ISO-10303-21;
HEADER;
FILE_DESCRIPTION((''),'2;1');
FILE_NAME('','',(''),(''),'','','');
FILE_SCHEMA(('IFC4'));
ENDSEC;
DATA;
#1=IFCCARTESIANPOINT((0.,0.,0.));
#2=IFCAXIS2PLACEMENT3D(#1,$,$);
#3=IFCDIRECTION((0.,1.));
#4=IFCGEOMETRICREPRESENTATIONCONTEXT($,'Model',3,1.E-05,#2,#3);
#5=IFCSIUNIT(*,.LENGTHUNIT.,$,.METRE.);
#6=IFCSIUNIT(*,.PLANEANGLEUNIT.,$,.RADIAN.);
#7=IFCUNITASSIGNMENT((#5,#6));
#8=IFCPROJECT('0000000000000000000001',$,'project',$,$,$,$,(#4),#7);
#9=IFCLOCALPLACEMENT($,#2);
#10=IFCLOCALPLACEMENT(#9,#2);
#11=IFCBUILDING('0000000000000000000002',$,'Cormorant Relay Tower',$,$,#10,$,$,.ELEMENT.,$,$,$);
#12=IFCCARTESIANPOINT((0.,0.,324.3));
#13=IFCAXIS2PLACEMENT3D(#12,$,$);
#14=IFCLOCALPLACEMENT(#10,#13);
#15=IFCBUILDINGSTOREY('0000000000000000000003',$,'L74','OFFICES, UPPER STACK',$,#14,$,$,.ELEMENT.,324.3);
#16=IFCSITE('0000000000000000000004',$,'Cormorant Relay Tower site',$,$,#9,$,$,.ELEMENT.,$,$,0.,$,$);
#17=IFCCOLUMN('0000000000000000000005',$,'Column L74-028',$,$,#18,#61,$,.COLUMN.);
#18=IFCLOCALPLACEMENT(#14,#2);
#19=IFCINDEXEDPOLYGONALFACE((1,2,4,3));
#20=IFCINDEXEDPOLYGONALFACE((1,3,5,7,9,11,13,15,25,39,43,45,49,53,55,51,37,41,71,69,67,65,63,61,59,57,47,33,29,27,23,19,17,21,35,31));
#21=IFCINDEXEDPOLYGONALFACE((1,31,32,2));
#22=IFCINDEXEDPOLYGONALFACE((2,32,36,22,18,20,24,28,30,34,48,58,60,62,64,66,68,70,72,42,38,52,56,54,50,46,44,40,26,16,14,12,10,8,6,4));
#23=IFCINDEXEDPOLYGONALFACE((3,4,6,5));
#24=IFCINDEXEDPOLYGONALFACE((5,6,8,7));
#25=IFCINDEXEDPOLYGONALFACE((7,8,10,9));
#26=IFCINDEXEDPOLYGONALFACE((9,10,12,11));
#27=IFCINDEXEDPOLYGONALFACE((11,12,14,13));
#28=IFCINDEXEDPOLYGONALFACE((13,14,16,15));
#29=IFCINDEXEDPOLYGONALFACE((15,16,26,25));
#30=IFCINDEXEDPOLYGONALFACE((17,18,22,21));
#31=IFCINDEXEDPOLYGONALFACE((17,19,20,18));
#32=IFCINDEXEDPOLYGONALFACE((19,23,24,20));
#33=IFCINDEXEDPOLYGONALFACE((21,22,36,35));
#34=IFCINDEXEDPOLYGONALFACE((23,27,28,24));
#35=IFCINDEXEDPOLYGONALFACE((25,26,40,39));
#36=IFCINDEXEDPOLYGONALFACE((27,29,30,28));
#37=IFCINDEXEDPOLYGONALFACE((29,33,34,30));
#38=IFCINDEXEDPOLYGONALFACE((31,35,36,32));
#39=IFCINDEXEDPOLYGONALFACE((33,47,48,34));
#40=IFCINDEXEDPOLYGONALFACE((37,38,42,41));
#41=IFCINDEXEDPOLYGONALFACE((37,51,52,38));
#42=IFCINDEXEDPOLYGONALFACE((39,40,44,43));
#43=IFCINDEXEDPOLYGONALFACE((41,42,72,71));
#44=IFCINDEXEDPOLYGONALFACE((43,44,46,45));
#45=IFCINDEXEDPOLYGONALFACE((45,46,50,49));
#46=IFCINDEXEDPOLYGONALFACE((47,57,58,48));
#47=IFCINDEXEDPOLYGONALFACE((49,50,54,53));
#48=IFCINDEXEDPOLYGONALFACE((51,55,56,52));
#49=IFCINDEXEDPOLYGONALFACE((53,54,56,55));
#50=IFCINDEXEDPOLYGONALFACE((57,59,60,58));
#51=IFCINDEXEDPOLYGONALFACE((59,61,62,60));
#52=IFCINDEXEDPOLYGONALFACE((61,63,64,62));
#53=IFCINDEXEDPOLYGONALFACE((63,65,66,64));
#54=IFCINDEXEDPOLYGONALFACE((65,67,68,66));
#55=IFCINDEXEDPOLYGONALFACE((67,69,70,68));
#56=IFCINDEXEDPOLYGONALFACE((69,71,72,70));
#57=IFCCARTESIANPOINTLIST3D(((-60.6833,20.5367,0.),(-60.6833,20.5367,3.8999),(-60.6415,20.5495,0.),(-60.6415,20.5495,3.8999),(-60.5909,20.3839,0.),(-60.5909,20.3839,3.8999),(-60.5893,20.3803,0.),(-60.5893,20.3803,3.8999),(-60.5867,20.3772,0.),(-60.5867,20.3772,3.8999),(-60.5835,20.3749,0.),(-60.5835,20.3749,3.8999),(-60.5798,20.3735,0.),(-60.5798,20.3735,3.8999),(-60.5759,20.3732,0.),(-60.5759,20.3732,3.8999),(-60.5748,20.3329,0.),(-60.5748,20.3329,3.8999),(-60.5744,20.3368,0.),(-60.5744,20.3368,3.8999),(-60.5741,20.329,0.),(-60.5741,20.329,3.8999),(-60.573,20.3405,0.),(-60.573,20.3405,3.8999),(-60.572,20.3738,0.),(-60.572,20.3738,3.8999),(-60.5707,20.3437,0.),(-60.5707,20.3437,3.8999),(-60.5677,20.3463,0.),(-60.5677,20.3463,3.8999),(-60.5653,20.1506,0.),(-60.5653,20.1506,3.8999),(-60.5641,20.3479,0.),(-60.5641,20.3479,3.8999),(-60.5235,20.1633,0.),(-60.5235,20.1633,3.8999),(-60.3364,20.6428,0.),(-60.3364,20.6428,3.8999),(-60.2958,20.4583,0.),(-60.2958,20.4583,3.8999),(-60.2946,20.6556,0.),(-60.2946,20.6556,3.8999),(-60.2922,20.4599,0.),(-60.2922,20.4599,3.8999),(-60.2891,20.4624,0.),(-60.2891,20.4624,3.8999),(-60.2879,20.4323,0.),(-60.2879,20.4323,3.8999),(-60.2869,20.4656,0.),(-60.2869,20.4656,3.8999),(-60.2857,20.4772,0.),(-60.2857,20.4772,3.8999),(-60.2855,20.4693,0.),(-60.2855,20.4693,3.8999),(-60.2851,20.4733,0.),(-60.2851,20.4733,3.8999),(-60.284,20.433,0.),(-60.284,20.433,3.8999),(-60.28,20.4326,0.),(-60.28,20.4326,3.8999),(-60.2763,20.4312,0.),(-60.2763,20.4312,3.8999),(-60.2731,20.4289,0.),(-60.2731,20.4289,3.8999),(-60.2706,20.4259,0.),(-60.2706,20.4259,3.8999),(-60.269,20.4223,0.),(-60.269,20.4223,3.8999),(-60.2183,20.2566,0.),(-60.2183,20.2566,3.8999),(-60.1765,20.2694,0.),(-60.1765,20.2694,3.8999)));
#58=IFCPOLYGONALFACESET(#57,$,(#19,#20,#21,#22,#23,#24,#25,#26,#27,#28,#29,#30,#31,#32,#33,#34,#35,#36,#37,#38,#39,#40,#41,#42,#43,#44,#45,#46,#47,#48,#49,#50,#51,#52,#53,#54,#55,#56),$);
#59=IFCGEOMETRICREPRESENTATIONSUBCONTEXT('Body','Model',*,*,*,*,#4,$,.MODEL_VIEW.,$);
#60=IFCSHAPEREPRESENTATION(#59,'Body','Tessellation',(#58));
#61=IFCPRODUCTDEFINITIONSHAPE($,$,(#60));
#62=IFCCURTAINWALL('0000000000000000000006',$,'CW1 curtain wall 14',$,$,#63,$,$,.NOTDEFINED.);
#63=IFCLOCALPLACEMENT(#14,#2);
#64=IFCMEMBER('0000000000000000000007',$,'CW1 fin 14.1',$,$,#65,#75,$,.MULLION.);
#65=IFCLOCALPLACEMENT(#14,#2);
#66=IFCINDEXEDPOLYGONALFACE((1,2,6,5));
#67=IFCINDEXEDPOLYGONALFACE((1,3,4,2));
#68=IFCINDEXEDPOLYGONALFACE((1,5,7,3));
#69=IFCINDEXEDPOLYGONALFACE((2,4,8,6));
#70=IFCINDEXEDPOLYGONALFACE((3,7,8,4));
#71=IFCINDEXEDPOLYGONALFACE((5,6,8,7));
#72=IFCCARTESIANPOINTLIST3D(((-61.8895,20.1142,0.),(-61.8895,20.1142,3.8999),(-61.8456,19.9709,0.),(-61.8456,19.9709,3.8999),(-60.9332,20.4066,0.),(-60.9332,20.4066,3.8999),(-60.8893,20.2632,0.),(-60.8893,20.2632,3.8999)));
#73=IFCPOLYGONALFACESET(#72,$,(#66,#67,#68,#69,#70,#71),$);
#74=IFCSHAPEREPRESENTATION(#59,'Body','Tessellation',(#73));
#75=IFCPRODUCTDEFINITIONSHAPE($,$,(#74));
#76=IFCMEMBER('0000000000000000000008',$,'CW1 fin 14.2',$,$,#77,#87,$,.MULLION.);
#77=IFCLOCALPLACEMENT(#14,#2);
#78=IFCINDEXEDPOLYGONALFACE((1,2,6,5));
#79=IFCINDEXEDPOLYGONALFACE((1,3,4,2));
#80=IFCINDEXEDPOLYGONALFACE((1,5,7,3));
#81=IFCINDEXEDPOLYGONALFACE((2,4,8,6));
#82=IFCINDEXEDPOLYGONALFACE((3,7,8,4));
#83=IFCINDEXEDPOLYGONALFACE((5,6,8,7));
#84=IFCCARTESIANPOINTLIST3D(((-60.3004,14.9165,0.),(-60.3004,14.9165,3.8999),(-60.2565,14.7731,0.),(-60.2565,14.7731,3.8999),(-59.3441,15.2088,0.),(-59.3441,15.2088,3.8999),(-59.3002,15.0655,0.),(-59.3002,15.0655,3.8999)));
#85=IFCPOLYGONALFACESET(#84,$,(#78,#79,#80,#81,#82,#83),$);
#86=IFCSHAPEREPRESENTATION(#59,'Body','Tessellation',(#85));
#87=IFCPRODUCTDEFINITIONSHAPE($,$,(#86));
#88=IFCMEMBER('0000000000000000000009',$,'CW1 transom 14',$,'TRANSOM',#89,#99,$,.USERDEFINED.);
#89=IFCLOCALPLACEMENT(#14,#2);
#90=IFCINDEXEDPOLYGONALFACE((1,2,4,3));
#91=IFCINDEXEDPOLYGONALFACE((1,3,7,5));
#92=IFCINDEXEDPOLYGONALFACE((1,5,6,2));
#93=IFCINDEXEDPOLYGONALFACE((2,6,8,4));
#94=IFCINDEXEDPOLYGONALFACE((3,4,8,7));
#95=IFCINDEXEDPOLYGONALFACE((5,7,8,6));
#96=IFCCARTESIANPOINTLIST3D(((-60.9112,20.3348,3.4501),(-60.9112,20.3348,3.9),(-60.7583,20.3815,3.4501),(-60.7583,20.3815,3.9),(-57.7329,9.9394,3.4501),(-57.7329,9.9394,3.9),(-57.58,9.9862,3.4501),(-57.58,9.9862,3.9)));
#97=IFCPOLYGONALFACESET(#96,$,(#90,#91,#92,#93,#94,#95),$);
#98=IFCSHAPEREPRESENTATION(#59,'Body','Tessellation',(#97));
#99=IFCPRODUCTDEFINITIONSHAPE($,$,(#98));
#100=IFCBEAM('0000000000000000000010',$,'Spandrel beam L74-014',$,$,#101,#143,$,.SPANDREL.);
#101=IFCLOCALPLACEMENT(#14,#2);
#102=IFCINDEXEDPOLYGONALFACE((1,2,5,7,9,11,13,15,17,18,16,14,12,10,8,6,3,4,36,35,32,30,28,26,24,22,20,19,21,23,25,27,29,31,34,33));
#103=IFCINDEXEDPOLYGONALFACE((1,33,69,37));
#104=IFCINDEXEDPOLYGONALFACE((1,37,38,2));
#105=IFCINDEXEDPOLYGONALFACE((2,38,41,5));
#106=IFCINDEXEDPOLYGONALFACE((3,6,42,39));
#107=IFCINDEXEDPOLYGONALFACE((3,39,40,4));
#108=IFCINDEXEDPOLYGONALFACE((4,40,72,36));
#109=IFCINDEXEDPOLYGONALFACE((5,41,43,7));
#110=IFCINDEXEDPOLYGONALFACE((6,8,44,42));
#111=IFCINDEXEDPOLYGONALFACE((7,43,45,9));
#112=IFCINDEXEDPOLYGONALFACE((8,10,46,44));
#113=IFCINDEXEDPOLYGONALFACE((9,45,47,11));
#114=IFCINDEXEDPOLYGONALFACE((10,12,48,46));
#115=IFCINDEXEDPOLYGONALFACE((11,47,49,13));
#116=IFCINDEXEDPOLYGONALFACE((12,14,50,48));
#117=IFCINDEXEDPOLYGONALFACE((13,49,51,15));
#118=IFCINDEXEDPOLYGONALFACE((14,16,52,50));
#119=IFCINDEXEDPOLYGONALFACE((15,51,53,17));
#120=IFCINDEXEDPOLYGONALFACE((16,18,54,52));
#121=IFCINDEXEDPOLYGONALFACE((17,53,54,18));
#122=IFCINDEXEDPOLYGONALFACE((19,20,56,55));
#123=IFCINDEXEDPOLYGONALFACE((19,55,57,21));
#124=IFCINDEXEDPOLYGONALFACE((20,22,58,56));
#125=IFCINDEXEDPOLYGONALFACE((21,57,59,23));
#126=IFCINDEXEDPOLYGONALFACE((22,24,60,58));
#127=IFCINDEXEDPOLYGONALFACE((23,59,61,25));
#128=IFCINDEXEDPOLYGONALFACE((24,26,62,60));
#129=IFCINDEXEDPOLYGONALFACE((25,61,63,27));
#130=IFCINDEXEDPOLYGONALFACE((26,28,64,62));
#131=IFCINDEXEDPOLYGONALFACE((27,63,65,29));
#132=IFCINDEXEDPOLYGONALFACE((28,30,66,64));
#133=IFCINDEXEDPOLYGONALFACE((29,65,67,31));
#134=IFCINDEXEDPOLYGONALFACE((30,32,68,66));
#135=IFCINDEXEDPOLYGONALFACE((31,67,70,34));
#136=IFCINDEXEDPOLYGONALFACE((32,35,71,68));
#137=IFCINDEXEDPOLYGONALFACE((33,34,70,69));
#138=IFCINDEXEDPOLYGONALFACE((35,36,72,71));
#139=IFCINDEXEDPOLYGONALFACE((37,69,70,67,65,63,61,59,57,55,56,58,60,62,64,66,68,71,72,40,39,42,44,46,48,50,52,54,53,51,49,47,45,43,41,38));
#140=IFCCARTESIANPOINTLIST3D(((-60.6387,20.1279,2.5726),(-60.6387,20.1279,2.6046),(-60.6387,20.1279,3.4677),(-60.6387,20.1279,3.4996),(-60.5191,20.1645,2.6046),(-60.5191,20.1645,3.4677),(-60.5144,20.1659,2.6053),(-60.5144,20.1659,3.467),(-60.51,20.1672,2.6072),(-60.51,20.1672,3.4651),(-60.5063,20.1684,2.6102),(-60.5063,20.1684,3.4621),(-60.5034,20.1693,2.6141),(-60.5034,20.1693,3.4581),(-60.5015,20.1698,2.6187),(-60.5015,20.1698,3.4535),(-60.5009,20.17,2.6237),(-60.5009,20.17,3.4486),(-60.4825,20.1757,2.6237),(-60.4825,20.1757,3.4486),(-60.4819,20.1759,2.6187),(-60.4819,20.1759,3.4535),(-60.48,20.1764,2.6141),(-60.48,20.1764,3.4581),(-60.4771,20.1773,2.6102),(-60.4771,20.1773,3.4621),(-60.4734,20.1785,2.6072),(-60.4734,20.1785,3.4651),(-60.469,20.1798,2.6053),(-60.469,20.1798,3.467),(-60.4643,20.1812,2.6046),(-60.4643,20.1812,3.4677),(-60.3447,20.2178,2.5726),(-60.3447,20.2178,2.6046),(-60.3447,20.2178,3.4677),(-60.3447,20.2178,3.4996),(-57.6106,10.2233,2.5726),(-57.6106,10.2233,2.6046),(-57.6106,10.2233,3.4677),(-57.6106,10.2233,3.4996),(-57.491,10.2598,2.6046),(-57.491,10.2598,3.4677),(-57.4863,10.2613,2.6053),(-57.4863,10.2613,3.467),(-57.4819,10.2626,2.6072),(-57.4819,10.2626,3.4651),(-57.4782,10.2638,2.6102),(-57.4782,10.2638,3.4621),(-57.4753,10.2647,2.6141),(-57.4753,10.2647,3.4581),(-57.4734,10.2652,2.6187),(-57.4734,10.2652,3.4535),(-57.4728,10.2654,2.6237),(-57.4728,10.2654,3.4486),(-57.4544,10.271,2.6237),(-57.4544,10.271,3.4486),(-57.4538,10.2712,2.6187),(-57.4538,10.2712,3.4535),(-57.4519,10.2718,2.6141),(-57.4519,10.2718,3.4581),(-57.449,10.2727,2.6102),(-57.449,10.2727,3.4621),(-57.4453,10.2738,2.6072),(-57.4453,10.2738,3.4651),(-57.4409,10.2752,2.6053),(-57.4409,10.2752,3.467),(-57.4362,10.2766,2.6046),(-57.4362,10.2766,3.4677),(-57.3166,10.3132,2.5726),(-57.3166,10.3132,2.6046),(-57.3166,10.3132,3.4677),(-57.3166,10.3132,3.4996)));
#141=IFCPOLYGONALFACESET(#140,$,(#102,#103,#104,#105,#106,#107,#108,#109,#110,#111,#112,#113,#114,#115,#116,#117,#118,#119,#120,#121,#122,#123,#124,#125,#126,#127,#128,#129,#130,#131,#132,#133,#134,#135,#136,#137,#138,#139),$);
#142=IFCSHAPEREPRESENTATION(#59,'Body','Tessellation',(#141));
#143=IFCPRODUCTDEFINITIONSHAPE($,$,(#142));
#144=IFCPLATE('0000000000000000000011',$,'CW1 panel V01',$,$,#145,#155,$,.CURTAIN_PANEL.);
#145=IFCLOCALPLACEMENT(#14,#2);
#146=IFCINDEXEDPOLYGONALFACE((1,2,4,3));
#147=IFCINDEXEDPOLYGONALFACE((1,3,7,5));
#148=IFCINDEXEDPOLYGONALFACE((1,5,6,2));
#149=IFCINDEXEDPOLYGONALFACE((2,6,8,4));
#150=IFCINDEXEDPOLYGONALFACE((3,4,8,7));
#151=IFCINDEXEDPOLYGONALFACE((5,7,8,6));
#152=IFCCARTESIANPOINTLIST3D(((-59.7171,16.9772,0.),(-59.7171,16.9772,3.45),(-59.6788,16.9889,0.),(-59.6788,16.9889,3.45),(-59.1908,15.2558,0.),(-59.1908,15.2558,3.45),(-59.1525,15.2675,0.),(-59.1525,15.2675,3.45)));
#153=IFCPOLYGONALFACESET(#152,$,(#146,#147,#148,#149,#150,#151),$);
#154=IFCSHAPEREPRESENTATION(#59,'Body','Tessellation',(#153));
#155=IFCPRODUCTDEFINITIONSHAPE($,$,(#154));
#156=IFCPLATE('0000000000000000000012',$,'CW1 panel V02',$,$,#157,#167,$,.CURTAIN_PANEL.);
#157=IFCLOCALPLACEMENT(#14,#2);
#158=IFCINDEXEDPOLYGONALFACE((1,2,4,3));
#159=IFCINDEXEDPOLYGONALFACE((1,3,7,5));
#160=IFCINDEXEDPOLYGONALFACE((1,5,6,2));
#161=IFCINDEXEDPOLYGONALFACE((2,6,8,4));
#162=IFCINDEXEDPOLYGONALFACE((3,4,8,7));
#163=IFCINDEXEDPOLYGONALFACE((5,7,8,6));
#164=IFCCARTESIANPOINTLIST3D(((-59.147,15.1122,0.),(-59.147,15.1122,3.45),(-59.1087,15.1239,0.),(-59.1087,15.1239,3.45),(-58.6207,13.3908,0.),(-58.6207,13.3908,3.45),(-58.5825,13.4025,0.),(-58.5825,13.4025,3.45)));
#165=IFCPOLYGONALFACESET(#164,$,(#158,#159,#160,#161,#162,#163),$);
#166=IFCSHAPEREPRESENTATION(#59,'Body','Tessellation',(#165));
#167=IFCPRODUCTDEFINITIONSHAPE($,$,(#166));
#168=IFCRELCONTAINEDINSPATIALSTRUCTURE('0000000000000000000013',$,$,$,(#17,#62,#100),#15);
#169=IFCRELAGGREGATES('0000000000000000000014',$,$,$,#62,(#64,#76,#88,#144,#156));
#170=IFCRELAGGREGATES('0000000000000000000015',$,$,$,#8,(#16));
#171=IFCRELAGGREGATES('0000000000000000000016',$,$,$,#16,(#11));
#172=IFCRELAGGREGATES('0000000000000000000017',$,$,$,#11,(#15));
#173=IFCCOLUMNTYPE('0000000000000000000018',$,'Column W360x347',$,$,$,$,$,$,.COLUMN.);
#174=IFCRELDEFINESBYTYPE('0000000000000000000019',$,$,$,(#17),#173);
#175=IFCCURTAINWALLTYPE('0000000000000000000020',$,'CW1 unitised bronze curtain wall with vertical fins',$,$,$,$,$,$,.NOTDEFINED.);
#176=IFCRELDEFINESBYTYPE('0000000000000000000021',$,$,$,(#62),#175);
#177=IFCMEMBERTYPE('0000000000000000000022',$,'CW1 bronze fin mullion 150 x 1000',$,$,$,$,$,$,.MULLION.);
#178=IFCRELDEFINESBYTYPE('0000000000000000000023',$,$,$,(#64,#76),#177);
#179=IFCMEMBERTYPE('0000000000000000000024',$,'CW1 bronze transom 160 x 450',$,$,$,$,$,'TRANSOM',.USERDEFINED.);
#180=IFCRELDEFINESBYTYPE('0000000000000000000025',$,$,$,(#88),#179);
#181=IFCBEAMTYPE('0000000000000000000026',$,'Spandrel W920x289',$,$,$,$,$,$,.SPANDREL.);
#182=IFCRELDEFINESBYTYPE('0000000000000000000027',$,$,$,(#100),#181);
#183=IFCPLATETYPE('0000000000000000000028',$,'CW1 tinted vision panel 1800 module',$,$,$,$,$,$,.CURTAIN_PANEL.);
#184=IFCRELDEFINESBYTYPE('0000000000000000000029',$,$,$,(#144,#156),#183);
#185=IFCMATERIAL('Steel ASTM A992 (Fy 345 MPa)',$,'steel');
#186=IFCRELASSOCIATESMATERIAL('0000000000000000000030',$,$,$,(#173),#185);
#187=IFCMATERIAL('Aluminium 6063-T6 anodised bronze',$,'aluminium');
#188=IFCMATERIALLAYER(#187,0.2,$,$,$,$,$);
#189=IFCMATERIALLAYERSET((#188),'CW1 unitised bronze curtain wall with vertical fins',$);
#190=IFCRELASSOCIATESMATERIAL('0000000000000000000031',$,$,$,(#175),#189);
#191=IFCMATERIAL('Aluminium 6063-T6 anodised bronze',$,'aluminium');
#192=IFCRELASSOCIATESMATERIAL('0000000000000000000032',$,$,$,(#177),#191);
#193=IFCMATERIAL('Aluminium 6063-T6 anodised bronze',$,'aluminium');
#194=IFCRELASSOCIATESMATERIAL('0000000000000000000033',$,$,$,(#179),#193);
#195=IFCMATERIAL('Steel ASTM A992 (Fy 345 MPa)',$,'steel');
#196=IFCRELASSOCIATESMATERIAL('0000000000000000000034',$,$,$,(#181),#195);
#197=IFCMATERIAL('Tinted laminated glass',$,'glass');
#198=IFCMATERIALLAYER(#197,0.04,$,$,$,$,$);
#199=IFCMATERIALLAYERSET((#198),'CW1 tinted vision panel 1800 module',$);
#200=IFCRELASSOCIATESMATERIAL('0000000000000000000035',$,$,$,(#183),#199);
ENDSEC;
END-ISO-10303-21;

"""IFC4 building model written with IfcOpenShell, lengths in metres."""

from ifc_helpers import new_model, si_unit, direction, frame, origin, origin_2d, place, context, subcontext, project, spatial, rectangle, i_section, extrude, material, layer, layer_set, material_profile, profile_set, type_object, element, aggregate, save


model = new_model("IFC4")

# Units and contexts
model_context = context("Model", 3, precision=1e-05, world=origin(), true_north=direction((0.0, 1.0)))
body_context = subcontext(model_context, "Body", "Model", "MODEL_VIEW")
ifc_project = project(units=[si_unit("LENGTHUNIT", "METRE"), si_unit("PLANEANGLEUNIT", "RADIAN")], contexts=[model_context])

# Site, building, storey
site_placement = place(None, origin())
site = spatial("IfcSite", under=ifc_project, at=site_placement, Name="Cormorant Relay Tower site", CompositionType="ELEMENT", RefElevation=0.0)
building_placement = place(site_placement, origin())
building = spatial("IfcBuilding", under=site, at=building_placement, Name="Cormorant Relay Tower", CompositionType="ELEMENT")
storey_placement = place(building_placement, frame((0.0, 0.0, 324.3)))
storey = spatial("IfcBuildingStorey", under=building, at=storey_placement, Name="L74", Description="OFFICES, UPPER STACK", CompositionType="ELEMENT", Elevation=324.3)

# Column
ifc_material_1 = material(Name="Steel ASTM A992 (Fy 345 MPa)", Category="steel")
ifc_material_profile_1 = material_profile(ifc_material_1, i_section(OverallWidth=0.4038, OverallDepth=0.4065, WebThickness=0.0271, FlangeThickness=0.0437, FilletRadius=0.0151, at=origin_2d()), Name="W360x347")
ifc_profile_set_1 = profile_set([ifc_material_profile_1], Name="Steel ASTM A992 (Fy 345 MPa)")
column_type = type_object("IfcColumnType", Name="Column W360x347", PredefinedType="COLUMN", material=ifc_profile_set_1)
column_placement = place(storey_placement, frame((-60.4299, 20.4031, 0.0), z_axis=(0.0, 0.0, 1.0), x_axis=(0.292372, -0.956305, 0.0)))
element("IfcColumn", 1, at=column_placement, inside=storey, type_object=column_type, Name="Column L74-028", PredefinedType="COLUMN", context=body_context, shape_type="SweptSolid", body=[
    extrude(i_section(OverallWidth=0.4038, OverallDepth=0.4065, WebThickness=0.0271, FlangeThickness=0.0437, FilletRadius=0.0151, at=origin_2d()), origin(), (0.0, 0.0, 1.0), 3.8999),
])

# Curtain wall, members
ifc_material_2 = material(Name="Aluminium 6063-T6 anodised bronze", Category="aluminium")
ifc_layer_1 = layer(ifc_material_2, 0.2)
ifc_layer_set_1 = layer_set([ifc_layer_1], Name="CW1 unitised bronze curtain wall with vertical fins")
curtain_wall_type = type_object("IfcCurtainWallType", Name="CW1 unitised bronze curtain wall with vertical fins", PredefinedType="NOTDEFINED", material=ifc_layer_set_1)
curtain_wall_placement = place(storey_placement, origin())
curtain_wall = element("IfcCurtainWall", 2, at=curtain_wall_placement, inside=storey, type_object=curtain_wall_type, Name="CW1 curtain wall 14", PredefinedType="NOTDEFINED")
ifc_material_3 = material(Name="Aluminium 6063-T6 anodised bronze", Category="aluminium")
ifc_material_profile_2 = material_profile(ifc_material_3, rectangle(XDim=0.1499, YDim=1.0, at=origin_2d()), Name="AL 150x1000")
ifc_profile_set_2 = profile_set([ifc_material_profile_2], Name="Aluminium 6063-T6 anodised bronze")
member_type_1 = type_object("IfcMemberType", Name="CW1 bronze fin mullion 150 x 1000", PredefinedType="MULLION", material=ifc_profile_set_2)
member_1_placement = place(storey_placement, frame((-61.3894, 20.1887, 0.0), z_axis=(0.0, 0.0, 1.0), x_axis=(0.292372, -0.956305, 0.0)))
member_1 = element("IfcMember", 3, at=member_1_placement, type_object=member_type_1, Name="CW1 fin 14.1", PredefinedType="MULLION", context=body_context, shape_type="SweptSolid", body=[
    extrude(rectangle(XDim=0.1499, YDim=1.0, at=origin_2d()), origin(), (0.0, 0.0, 1.0), 3.8999),
])
member_2_placement = place(storey_placement, frame((-59.8003, 14.991, 0.0), z_axis=(0.0, 0.0, 1.0), x_axis=(0.292372, -0.956305, 0.0)))
member_2 = element("IfcMember", 4, at=member_2_placement, type_object=member_type_1, Name="CW1 fin 14.2", PredefinedType="MULLION", context=body_context, shape_type="SweptSolid", body=[
    extrude(rectangle(XDim=0.1499, YDim=1.0, at=origin_2d()), origin(), (0.0, 0.0, 1.0), 3.8999),
])
ifc_material_4 = material(Name="Aluminium 6063-T6 anodised bronze", Category="aluminium")
ifc_material_profile_3 = material_profile(ifc_material_4, rectangle(XDim=0.1599, YDim=0.45, at=origin_2d()), Name="AL 160x450")
ifc_profile_set_3 = profile_set([ifc_material_profile_3], Name="Aluminium 6063-T6 anodised bronze")
member_type_2 = type_object("IfcMemberType", Name="CW1 bronze transom 160 x 450", ElementType="TRANSOM", PredefinedType="USERDEFINED", material=ifc_profile_set_3)
member_3_placement = place(storey_placement, frame((-60.8347, 20.3582, 3.675), z_axis=(0.292378, -0.956303, 0.0), x_axis=(0.956303, 0.292378, 0.0)))
member_3 = element("IfcMember", 5, at=member_3_placement, type_object=member_type_2, Name="CW1 transom 14", ObjectType="TRANSOM", PredefinedType="USERDEFINED", context=body_context, shape_type="SweptSolid", body=[
    extrude(rectangle(XDim=0.1599, YDim=0.45, at=origin_2d()), origin(), (0.0, 0.0, 1.0), 10.8704),
])

# Beam
ifc_material_5 = material(Name="Steel ASTM A992 (Fy 345 MPa)", Category="steel")
ifc_material_profile_4 = material_profile(ifc_material_5, i_section(OverallWidth=0.3074, OverallDepth=0.927, WebThickness=0.0193, FlangeThickness=0.032, FilletRadius=0.019, at=origin_2d()), Name="W920x289")
ifc_profile_set_4 = profile_set([ifc_material_profile_4], Name="Steel ASTM A992 (Fy 345 MPa)")
beam_type = type_object("IfcBeamType", Name="Spandrel W920x289", PredefinedType="SPANDREL", material=ifc_profile_set_4)
beam_placement = place(storey_placement, frame((-60.4917, 20.1729, 3.0361), z_axis=(0.292368, -0.956306, 0.0), x_axis=(0.956306, 0.292368, 0.0)))
element("IfcBeam", 6, at=beam_placement, inside=storey, type_object=beam_type, Name="Spandrel beam L74-014", PredefinedType="SPANDREL", context=body_context, shape_type="SweptSolid", body=[
    extrude(i_section(OverallWidth=0.3074, OverallDepth=0.927, WebThickness=0.0193, FlangeThickness=0.032, FilletRadius=0.019, at=origin_2d()), origin(), (0.0, 0.0, 1.0), 10.3572),
])

# Plates
ifc_material_6 = material(Name="Tinted laminated glass", Category="glass")
ifc_layer_2 = layer(ifc_material_6, 0.04)
ifc_layer_set_2 = layer_set([ifc_layer_2], Name="CW1 tinted vision panel 1800 module")
plate_type = type_object("IfcPlateType", Name="CW1 tinted vision panel 1800 module", PredefinedType="CURTAIN_PANEL", material=ifc_layer_set_2)
plate_1_placement = place(storey_placement, frame((-59.4348, 16.1223, 0.0), z_axis=(0.0, 0.0, 1.0), x_axis=(0.292372, -0.956305, 0.0)))
plate_1 = element("IfcPlate", 7, at=plate_1_placement, type_object=plate_type, Name="CW1 panel V01", PredefinedType="CURTAIN_PANEL", context=body_context, shape_type="SweptSolid", body=[
    extrude(rectangle(XDim=1.8, YDim=0.04, at=origin_2d()), origin(), (0.0, 0.0, 1.0), 3.45),
])
plate_2_placement = place(storey_placement, frame((-58.8647, 14.2573, 0.0), z_axis=(0.0, 0.0, 1.0), x_axis=(0.292372, -0.956305, 0.0)))
plate_2 = element("IfcPlate", 8, at=plate_2_placement, type_object=plate_type, Name="CW1 panel V02", PredefinedType="CURTAIN_PANEL", context=body_context, shape_type="SweptSolid", body=[
    extrude(rectangle(XDim=1.8, YDim=0.04, at=origin_2d()), origin(), (0.0, 0.0, 1.0), 3.45),
])

aggregate(curtain_wall, [member_1, member_2, member_3, plate_1, plate_2])

save(model, "model.ifc")
